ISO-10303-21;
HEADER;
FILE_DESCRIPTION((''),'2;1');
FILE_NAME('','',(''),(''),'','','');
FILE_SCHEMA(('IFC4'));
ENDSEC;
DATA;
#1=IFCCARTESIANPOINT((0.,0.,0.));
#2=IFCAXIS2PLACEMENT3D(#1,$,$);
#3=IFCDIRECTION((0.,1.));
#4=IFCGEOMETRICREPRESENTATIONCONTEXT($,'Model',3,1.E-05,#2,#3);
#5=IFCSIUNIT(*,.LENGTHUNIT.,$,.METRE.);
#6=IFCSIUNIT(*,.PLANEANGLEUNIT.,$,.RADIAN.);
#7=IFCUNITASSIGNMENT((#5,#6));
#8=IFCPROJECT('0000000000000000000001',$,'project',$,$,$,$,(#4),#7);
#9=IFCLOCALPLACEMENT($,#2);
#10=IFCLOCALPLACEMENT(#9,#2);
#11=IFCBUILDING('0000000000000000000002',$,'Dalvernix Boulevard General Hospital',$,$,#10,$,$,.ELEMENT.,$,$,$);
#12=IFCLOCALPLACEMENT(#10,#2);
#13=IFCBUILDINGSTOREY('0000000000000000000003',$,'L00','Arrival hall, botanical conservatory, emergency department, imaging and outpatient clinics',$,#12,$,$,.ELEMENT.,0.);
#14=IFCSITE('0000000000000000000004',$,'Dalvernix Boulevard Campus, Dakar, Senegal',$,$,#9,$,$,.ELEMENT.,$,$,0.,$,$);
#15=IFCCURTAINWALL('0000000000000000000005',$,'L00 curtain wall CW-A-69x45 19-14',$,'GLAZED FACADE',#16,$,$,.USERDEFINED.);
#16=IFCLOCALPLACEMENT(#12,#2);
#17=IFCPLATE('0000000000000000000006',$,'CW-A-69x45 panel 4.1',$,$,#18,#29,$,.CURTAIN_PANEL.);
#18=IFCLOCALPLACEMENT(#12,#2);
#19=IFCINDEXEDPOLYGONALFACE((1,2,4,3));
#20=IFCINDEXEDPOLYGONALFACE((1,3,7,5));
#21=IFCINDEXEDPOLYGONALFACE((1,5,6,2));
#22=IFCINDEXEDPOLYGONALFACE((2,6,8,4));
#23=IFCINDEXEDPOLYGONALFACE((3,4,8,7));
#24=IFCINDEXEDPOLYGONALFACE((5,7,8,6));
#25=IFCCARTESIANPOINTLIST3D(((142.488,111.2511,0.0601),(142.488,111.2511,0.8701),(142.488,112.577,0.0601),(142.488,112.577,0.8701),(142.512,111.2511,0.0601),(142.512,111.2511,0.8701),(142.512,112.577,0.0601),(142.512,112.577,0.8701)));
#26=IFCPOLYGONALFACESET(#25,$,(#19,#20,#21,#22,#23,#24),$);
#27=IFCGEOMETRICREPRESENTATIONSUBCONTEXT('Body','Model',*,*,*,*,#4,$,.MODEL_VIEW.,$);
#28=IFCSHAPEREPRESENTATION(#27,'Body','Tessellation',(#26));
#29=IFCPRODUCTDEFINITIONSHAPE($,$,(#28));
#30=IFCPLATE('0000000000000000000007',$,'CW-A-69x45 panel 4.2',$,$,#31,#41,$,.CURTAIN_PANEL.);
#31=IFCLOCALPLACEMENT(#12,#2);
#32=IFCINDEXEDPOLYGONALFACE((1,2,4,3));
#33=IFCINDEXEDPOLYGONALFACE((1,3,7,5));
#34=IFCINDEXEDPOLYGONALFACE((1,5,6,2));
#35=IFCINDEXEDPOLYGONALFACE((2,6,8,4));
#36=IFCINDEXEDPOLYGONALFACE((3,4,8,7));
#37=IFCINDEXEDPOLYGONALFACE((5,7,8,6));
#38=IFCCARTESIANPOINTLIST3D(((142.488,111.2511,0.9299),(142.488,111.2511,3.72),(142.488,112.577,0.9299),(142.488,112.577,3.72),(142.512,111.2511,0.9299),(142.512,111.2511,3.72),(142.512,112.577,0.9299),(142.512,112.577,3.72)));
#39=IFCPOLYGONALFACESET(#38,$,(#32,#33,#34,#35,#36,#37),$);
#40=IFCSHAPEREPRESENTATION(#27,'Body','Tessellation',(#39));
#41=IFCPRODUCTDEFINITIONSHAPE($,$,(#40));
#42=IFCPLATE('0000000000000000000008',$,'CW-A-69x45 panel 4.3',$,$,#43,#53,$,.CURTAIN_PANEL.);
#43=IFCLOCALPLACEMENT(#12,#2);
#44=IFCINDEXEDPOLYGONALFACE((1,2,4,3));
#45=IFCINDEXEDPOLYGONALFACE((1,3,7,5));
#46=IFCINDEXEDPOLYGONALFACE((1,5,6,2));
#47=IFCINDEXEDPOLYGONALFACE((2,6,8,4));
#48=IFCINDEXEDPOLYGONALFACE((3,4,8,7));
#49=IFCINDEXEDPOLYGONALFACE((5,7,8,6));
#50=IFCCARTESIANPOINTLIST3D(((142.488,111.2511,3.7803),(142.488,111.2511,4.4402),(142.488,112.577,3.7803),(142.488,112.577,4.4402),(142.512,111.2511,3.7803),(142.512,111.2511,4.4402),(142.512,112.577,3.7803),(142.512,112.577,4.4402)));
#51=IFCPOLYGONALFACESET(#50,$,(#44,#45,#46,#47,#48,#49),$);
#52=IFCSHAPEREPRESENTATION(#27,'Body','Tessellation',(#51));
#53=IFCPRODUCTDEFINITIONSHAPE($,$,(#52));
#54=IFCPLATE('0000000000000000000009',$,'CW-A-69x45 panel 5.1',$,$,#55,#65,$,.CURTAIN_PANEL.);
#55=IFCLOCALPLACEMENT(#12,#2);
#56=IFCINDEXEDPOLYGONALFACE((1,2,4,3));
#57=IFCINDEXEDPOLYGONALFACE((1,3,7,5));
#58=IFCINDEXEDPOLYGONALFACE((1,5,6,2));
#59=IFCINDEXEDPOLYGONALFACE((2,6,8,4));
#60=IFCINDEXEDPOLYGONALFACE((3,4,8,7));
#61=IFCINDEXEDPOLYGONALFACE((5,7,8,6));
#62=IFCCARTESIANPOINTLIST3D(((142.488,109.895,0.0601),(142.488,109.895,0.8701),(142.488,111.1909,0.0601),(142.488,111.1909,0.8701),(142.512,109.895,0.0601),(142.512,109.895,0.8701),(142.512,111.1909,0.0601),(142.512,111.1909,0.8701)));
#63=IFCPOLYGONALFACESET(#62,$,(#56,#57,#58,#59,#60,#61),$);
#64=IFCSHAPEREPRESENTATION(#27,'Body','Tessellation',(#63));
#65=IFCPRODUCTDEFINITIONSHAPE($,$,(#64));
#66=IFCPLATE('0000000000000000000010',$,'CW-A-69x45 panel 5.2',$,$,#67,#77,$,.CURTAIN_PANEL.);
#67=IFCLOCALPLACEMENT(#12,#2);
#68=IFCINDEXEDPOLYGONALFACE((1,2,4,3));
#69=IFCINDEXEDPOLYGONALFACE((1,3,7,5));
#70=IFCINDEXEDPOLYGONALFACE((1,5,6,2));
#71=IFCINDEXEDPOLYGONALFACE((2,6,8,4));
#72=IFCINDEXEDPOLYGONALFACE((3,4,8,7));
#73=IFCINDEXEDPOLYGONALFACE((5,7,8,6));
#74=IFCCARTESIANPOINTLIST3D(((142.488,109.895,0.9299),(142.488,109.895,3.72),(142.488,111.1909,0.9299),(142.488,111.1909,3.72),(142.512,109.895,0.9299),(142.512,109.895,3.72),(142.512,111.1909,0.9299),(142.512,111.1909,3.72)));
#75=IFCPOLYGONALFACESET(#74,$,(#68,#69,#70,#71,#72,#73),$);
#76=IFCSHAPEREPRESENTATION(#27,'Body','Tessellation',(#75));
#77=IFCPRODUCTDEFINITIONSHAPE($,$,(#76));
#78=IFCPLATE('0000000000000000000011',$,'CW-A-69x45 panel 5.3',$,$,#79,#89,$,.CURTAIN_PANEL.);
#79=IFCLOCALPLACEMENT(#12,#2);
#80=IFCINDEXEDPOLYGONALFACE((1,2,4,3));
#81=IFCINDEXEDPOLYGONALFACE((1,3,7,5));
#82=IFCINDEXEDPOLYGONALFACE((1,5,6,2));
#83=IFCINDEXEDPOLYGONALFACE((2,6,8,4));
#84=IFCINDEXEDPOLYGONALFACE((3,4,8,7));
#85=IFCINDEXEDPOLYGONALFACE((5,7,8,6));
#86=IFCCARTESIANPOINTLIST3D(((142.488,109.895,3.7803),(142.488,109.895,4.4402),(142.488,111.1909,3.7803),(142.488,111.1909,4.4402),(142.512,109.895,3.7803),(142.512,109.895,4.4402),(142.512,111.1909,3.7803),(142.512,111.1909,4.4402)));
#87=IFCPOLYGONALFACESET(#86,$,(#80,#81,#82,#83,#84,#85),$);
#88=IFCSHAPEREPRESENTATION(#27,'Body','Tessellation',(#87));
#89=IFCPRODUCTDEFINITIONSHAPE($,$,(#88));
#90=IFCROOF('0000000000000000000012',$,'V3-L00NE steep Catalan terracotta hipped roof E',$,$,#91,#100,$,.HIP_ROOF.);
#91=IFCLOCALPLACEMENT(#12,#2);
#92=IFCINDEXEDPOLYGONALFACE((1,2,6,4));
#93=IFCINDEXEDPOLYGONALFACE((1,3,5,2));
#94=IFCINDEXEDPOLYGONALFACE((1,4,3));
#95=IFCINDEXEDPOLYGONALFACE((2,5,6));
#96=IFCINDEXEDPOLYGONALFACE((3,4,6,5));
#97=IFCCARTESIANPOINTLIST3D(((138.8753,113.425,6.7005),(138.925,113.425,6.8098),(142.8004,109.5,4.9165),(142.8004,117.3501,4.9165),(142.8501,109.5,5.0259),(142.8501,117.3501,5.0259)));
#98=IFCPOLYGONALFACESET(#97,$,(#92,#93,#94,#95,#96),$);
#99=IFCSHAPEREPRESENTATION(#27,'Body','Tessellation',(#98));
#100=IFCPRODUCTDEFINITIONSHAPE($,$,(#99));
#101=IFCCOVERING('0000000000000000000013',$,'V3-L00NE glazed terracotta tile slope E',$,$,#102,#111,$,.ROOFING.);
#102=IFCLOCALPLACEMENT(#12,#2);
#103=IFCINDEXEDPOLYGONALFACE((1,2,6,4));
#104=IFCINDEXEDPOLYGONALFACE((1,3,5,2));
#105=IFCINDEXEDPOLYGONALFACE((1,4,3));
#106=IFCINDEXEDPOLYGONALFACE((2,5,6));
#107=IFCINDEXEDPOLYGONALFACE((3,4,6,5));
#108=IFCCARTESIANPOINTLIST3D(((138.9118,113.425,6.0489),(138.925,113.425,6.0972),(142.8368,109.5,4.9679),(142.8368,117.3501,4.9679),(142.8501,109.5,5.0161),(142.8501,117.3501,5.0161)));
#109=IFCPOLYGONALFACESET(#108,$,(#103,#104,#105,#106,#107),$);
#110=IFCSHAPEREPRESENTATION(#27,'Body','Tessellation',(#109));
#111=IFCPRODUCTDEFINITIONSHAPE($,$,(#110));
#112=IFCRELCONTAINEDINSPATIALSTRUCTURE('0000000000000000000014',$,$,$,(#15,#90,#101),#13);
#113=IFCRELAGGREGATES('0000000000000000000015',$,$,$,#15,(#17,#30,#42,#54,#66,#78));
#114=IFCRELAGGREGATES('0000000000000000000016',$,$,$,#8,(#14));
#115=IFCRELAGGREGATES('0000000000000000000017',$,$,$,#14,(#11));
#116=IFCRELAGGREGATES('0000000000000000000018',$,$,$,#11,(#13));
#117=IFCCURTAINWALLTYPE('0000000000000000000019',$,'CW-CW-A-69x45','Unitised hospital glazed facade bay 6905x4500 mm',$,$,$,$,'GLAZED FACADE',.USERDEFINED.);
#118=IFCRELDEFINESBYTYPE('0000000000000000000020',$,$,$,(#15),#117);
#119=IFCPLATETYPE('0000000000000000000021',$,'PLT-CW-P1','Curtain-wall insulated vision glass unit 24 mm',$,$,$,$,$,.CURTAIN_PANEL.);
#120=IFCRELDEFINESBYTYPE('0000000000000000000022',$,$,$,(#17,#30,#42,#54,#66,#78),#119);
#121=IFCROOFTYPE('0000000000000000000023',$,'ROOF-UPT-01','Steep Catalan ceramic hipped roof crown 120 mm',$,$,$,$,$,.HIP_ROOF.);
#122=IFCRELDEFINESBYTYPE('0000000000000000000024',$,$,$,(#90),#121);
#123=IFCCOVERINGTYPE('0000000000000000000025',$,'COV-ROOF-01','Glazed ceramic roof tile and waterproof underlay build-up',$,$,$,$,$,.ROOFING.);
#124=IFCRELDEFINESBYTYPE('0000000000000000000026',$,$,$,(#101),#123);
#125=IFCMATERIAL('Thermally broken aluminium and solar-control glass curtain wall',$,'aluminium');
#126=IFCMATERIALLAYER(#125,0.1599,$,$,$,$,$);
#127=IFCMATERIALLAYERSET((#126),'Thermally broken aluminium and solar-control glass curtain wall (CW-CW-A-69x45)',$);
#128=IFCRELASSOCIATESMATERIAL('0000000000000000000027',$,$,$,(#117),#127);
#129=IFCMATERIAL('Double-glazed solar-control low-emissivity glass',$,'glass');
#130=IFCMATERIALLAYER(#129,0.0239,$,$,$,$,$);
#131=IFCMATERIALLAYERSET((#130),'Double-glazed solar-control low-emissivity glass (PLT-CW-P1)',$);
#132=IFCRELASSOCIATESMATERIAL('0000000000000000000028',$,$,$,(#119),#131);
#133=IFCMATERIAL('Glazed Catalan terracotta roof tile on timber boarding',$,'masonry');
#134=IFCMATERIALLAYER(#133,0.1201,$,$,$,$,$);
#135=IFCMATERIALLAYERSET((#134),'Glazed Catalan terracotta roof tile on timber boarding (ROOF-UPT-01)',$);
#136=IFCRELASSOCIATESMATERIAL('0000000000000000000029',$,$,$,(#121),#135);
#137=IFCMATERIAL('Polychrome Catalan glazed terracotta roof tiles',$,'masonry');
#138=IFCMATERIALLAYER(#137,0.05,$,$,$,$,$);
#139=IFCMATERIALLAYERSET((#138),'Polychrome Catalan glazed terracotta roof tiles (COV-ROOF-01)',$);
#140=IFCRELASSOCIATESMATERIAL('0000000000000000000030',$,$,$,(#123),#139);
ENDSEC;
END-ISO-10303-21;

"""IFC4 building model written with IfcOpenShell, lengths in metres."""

from ifc_helpers import new_model, si_unit, direction, frame, origin, origin_2d, place, context, subcontext, project, spatial, polyline, rectangle, outline, extrude, material, layer, layer_set, type_object, element, aggregate, save


model = new_model("IFC4")

# Units and contexts
model_context = context("Model", 3, precision=1e-05, world=origin(), true_north=direction((0.0, 1.0)))
body_context = subcontext(model_context, "Body", "Model", "MODEL_VIEW")
ifc_project = project(units=[si_unit("LENGTHUNIT", "METRE"), si_unit("PLANEANGLEUNIT", "RADIAN")], contexts=[model_context])

# Site, building, storey
site_placement = place(None, origin())
site = spatial("IfcSite", under=ifc_project, at=site_placement, Name="Dalvernix Boulevard Campus, Dakar, Senegal", CompositionType="ELEMENT", RefElevation=0.0)
building_placement = place(site_placement, origin())
building = spatial("IfcBuilding", under=site, at=building_placement, Name="Dalvernix Boulevard General Hospital", CompositionType="ELEMENT")
storey_placement = place(building_placement, origin())
storey = spatial("IfcBuildingStorey", under=building, at=storey_placement, Name="L00", Description="Arrival hall, botanical conservatory, emergency department, imaging and outpatient clinics", CompositionType="ELEMENT", Elevation=0.0)

# Curtain wall, plates
ifc_material_1 = material(Name="Thermally broken aluminium and solar-control glass curtain wall", Category="aluminium")
ifc_layer_1 = layer(ifc_material_1, 0.1599)
ifc_layer_set_1 = layer_set([ifc_layer_1], Name="Thermally broken aluminium and solar-control glass curtain wall (CW-CW-A-69x45)")
curtain_wall_type = type_object("IfcCurtainWallType", Name="CW-CW-A-69x45", Description="Unitised hospital glazed facade bay 6905x4500 mm", ElementType="GLAZED FACADE", PredefinedType="USERDEFINED", material=ifc_layer_set_1)
curtain_wall_placement = place(storey_placement, origin())
curtain_wall = element("IfcCurtainWall", 1, at=curtain_wall_placement, inside=storey, type_object=curtain_wall_type, Name="L00 curtain wall CW-A-69x45 19-14", ObjectType="GLAZED FACADE", PredefinedType="USERDEFINED")
ifc_material_2 = material(Name="Double-glazed solar-control low-emissivity glass", Category="glass")
ifc_layer_2 = layer(ifc_material_2, 0.0239)
ifc_layer_set_2 = layer_set([ifc_layer_2], Name="Double-glazed solar-control low-emissivity glass (PLT-CW-P1)")
plate_type = type_object("IfcPlateType", Name="PLT-CW-P1", Description="Curtain-wall insulated vision glass unit 24 mm", PredefinedType="CURTAIN_PANEL", material=ifc_layer_set_2)
plate_1_placement = place(storey_placement, frame((142.5, 111.9141, 0.0601), z_axis=(0.0, 0.0, 1.0), x_axis=(0.0, -1.0, 0.0)))
plate_1 = element("IfcPlate", 2, at=plate_1_placement, type_object=plate_type, Name="CW-A-69x45 panel 4.1", PredefinedType="CURTAIN_PANEL", context=body_context, shape_type="SweptSolid", body=[
    extrude(rectangle(XDim=1.3259, YDim=0.0239, at=origin_2d()), origin(), (0.0, 0.0, 1.0), 0.8101),
])
plate_2_placement = place(storey_placement, frame((142.5, 111.9141, 0.9299), z_axis=(0.0, 0.0, 1.0), x_axis=(0.0, -1.0, 0.0)))
plate_2 = element("IfcPlate", 3, at=plate_2_placement, type_object=plate_type, Name="CW-A-69x45 panel 4.2", PredefinedType="CURTAIN_PANEL", context=body_context, shape_type="SweptSolid", body=[
    extrude(rectangle(XDim=1.3259, YDim=0.0239, at=origin_2d()), origin(), (0.0, 0.0, 1.0), 2.79),
])
plate_3_placement = place(storey_placement, frame((142.5, 111.9141, 3.7803), z_axis=(0.0, 0.0, 1.0), x_axis=(0.0, -1.0, 0.0)))
plate_3 = element("IfcPlate", 4, at=plate_3_placement, type_object=plate_type, Name="CW-A-69x45 panel 4.3", PredefinedType="CURTAIN_PANEL", context=body_context, shape_type="SweptSolid", body=[
    extrude(rectangle(XDim=1.3259, YDim=0.0239, at=origin_2d()), origin(), (0.0, 0.0, 1.0), 0.6599),
])
plate_4_placement = place(storey_placement, frame((142.5, 110.543, 0.0601), z_axis=(0.0, 0.0, 1.0), x_axis=(0.0, -1.0, 0.0)))
plate_4 = element("IfcPlate", 5, at=plate_4_placement, type_object=plate_type, Name="CW-A-69x45 panel 5.1", PredefinedType="CURTAIN_PANEL", context=body_context, shape_type="SweptSolid", body=[
    extrude(rectangle(XDim=1.2959, YDim=0.0239, at=origin_2d()), origin(), (0.0, 0.0, 1.0), 0.8101),
])
plate_5_placement = place(storey_placement, frame((142.5, 110.543, 0.9299), z_axis=(0.0, 0.0, 1.0), x_axis=(0.0, -1.0, 0.0)))
plate_5 = element("IfcPlate", 6, at=plate_5_placement, type_object=plate_type, Name="CW-A-69x45 panel 5.2", PredefinedType="CURTAIN_PANEL", context=body_context, shape_type="SweptSolid", body=[
    extrude(rectangle(XDim=1.2959, YDim=0.0239, at=origin_2d()), origin(), (0.0, 0.0, 1.0), 2.79),
])
plate_6_placement = place(storey_placement, frame((142.5, 110.543, 3.7803), z_axis=(0.0, 0.0, 1.0), x_axis=(0.0, -1.0, 0.0)))
plate_6 = element("IfcPlate", 7, at=plate_6_placement, type_object=plate_type, Name="CW-A-69x45 panel 5.3", PredefinedType="CURTAIN_PANEL", context=body_context, shape_type="SweptSolid", body=[
    extrude(rectangle(XDim=1.2959, YDim=0.0239, at=origin_2d()), origin(), (0.0, 0.0, 1.0), 0.6599),
])
aggregate(curtain_wall, [plate_1, plate_2, plate_3, plate_4, plate_5, plate_6])

# Roof
ifc_material_3 = material(Name="Glazed Catalan terracotta roof tile on timber boarding", Category="masonry")
ifc_layer_3 = layer(ifc_material_3, 0.1201)
ifc_layer_set_3 = layer_set([ifc_layer_3], Name="Glazed Catalan terracotta roof tile on timber boarding (ROOF-UPT-01)")
roof_type = type_object("IfcRoofType", Name="ROOF-UPT-01", Description="Steep Catalan ceramic hipped roof crown 120 mm", PredefinedType="HIP_ROOF", material=ifc_layer_set_3)
roof_placement = place(storey_placement, frame((142.8501, 109.5, 5.0259), z_axis=(0.413769, 0.0, 0.910382), x_axis=(0.0, 1.0, 0.0)))
element("IfcRoof", 8, at=roof_placement, inside=storey, type_object=roof_type, Name="V3-L00NE steep Catalan terracotta hipped roof E", PredefinedType="HIP_ROOF", context=body_context, shape_type="SweptSolid", body=[
    extrude(outline(polyline([(0.0, 0.0), (7.8501, 0.0), (3.925, 4.3114), (0.0, 0.0)])), origin(), (0.0, 0.0, -1.0), 0.1201),
])

# Covering
ifc_material_4 = material(Name="Polychrome Catalan glazed terracotta roof tiles", Category="masonry")
ifc_layer_4 = layer(ifc_material_4, 0.05)
ifc_layer_set_4 = layer_set([ifc_layer_4], Name="Polychrome Catalan glazed terracotta roof tiles (COV-ROOF-01)")
covering_type = type_object("IfcCoveringType", Name="COV-ROOF-01", Description="Glazed ceramic roof tile and waterproof underlay build-up", PredefinedType="ROOFING", material=ifc_layer_set_4)
covering_placement = place(storey_placement, frame((142.8501, 109.5, 5.0161), z_axis=(0.265537, 0.0, 0.964101), x_axis=(0.0, 1.0, 0.0)))
element("IfcCovering", 9, at=covering_placement, inside=storey, type_object=covering_type, Name="V3-L00NE glazed terracotta tile slope E", PredefinedType="ROOFING", context=body_context, shape_type="SweptSolid", body=[
    extrude(outline(polyline([(0.0, 0.0), (7.8501, 0.0), (3.925, 4.0712), (0.0, 0.0)])), origin(), (0.0, 0.0, -1.0), 0.05),
])

save(model, "model.ifc")
